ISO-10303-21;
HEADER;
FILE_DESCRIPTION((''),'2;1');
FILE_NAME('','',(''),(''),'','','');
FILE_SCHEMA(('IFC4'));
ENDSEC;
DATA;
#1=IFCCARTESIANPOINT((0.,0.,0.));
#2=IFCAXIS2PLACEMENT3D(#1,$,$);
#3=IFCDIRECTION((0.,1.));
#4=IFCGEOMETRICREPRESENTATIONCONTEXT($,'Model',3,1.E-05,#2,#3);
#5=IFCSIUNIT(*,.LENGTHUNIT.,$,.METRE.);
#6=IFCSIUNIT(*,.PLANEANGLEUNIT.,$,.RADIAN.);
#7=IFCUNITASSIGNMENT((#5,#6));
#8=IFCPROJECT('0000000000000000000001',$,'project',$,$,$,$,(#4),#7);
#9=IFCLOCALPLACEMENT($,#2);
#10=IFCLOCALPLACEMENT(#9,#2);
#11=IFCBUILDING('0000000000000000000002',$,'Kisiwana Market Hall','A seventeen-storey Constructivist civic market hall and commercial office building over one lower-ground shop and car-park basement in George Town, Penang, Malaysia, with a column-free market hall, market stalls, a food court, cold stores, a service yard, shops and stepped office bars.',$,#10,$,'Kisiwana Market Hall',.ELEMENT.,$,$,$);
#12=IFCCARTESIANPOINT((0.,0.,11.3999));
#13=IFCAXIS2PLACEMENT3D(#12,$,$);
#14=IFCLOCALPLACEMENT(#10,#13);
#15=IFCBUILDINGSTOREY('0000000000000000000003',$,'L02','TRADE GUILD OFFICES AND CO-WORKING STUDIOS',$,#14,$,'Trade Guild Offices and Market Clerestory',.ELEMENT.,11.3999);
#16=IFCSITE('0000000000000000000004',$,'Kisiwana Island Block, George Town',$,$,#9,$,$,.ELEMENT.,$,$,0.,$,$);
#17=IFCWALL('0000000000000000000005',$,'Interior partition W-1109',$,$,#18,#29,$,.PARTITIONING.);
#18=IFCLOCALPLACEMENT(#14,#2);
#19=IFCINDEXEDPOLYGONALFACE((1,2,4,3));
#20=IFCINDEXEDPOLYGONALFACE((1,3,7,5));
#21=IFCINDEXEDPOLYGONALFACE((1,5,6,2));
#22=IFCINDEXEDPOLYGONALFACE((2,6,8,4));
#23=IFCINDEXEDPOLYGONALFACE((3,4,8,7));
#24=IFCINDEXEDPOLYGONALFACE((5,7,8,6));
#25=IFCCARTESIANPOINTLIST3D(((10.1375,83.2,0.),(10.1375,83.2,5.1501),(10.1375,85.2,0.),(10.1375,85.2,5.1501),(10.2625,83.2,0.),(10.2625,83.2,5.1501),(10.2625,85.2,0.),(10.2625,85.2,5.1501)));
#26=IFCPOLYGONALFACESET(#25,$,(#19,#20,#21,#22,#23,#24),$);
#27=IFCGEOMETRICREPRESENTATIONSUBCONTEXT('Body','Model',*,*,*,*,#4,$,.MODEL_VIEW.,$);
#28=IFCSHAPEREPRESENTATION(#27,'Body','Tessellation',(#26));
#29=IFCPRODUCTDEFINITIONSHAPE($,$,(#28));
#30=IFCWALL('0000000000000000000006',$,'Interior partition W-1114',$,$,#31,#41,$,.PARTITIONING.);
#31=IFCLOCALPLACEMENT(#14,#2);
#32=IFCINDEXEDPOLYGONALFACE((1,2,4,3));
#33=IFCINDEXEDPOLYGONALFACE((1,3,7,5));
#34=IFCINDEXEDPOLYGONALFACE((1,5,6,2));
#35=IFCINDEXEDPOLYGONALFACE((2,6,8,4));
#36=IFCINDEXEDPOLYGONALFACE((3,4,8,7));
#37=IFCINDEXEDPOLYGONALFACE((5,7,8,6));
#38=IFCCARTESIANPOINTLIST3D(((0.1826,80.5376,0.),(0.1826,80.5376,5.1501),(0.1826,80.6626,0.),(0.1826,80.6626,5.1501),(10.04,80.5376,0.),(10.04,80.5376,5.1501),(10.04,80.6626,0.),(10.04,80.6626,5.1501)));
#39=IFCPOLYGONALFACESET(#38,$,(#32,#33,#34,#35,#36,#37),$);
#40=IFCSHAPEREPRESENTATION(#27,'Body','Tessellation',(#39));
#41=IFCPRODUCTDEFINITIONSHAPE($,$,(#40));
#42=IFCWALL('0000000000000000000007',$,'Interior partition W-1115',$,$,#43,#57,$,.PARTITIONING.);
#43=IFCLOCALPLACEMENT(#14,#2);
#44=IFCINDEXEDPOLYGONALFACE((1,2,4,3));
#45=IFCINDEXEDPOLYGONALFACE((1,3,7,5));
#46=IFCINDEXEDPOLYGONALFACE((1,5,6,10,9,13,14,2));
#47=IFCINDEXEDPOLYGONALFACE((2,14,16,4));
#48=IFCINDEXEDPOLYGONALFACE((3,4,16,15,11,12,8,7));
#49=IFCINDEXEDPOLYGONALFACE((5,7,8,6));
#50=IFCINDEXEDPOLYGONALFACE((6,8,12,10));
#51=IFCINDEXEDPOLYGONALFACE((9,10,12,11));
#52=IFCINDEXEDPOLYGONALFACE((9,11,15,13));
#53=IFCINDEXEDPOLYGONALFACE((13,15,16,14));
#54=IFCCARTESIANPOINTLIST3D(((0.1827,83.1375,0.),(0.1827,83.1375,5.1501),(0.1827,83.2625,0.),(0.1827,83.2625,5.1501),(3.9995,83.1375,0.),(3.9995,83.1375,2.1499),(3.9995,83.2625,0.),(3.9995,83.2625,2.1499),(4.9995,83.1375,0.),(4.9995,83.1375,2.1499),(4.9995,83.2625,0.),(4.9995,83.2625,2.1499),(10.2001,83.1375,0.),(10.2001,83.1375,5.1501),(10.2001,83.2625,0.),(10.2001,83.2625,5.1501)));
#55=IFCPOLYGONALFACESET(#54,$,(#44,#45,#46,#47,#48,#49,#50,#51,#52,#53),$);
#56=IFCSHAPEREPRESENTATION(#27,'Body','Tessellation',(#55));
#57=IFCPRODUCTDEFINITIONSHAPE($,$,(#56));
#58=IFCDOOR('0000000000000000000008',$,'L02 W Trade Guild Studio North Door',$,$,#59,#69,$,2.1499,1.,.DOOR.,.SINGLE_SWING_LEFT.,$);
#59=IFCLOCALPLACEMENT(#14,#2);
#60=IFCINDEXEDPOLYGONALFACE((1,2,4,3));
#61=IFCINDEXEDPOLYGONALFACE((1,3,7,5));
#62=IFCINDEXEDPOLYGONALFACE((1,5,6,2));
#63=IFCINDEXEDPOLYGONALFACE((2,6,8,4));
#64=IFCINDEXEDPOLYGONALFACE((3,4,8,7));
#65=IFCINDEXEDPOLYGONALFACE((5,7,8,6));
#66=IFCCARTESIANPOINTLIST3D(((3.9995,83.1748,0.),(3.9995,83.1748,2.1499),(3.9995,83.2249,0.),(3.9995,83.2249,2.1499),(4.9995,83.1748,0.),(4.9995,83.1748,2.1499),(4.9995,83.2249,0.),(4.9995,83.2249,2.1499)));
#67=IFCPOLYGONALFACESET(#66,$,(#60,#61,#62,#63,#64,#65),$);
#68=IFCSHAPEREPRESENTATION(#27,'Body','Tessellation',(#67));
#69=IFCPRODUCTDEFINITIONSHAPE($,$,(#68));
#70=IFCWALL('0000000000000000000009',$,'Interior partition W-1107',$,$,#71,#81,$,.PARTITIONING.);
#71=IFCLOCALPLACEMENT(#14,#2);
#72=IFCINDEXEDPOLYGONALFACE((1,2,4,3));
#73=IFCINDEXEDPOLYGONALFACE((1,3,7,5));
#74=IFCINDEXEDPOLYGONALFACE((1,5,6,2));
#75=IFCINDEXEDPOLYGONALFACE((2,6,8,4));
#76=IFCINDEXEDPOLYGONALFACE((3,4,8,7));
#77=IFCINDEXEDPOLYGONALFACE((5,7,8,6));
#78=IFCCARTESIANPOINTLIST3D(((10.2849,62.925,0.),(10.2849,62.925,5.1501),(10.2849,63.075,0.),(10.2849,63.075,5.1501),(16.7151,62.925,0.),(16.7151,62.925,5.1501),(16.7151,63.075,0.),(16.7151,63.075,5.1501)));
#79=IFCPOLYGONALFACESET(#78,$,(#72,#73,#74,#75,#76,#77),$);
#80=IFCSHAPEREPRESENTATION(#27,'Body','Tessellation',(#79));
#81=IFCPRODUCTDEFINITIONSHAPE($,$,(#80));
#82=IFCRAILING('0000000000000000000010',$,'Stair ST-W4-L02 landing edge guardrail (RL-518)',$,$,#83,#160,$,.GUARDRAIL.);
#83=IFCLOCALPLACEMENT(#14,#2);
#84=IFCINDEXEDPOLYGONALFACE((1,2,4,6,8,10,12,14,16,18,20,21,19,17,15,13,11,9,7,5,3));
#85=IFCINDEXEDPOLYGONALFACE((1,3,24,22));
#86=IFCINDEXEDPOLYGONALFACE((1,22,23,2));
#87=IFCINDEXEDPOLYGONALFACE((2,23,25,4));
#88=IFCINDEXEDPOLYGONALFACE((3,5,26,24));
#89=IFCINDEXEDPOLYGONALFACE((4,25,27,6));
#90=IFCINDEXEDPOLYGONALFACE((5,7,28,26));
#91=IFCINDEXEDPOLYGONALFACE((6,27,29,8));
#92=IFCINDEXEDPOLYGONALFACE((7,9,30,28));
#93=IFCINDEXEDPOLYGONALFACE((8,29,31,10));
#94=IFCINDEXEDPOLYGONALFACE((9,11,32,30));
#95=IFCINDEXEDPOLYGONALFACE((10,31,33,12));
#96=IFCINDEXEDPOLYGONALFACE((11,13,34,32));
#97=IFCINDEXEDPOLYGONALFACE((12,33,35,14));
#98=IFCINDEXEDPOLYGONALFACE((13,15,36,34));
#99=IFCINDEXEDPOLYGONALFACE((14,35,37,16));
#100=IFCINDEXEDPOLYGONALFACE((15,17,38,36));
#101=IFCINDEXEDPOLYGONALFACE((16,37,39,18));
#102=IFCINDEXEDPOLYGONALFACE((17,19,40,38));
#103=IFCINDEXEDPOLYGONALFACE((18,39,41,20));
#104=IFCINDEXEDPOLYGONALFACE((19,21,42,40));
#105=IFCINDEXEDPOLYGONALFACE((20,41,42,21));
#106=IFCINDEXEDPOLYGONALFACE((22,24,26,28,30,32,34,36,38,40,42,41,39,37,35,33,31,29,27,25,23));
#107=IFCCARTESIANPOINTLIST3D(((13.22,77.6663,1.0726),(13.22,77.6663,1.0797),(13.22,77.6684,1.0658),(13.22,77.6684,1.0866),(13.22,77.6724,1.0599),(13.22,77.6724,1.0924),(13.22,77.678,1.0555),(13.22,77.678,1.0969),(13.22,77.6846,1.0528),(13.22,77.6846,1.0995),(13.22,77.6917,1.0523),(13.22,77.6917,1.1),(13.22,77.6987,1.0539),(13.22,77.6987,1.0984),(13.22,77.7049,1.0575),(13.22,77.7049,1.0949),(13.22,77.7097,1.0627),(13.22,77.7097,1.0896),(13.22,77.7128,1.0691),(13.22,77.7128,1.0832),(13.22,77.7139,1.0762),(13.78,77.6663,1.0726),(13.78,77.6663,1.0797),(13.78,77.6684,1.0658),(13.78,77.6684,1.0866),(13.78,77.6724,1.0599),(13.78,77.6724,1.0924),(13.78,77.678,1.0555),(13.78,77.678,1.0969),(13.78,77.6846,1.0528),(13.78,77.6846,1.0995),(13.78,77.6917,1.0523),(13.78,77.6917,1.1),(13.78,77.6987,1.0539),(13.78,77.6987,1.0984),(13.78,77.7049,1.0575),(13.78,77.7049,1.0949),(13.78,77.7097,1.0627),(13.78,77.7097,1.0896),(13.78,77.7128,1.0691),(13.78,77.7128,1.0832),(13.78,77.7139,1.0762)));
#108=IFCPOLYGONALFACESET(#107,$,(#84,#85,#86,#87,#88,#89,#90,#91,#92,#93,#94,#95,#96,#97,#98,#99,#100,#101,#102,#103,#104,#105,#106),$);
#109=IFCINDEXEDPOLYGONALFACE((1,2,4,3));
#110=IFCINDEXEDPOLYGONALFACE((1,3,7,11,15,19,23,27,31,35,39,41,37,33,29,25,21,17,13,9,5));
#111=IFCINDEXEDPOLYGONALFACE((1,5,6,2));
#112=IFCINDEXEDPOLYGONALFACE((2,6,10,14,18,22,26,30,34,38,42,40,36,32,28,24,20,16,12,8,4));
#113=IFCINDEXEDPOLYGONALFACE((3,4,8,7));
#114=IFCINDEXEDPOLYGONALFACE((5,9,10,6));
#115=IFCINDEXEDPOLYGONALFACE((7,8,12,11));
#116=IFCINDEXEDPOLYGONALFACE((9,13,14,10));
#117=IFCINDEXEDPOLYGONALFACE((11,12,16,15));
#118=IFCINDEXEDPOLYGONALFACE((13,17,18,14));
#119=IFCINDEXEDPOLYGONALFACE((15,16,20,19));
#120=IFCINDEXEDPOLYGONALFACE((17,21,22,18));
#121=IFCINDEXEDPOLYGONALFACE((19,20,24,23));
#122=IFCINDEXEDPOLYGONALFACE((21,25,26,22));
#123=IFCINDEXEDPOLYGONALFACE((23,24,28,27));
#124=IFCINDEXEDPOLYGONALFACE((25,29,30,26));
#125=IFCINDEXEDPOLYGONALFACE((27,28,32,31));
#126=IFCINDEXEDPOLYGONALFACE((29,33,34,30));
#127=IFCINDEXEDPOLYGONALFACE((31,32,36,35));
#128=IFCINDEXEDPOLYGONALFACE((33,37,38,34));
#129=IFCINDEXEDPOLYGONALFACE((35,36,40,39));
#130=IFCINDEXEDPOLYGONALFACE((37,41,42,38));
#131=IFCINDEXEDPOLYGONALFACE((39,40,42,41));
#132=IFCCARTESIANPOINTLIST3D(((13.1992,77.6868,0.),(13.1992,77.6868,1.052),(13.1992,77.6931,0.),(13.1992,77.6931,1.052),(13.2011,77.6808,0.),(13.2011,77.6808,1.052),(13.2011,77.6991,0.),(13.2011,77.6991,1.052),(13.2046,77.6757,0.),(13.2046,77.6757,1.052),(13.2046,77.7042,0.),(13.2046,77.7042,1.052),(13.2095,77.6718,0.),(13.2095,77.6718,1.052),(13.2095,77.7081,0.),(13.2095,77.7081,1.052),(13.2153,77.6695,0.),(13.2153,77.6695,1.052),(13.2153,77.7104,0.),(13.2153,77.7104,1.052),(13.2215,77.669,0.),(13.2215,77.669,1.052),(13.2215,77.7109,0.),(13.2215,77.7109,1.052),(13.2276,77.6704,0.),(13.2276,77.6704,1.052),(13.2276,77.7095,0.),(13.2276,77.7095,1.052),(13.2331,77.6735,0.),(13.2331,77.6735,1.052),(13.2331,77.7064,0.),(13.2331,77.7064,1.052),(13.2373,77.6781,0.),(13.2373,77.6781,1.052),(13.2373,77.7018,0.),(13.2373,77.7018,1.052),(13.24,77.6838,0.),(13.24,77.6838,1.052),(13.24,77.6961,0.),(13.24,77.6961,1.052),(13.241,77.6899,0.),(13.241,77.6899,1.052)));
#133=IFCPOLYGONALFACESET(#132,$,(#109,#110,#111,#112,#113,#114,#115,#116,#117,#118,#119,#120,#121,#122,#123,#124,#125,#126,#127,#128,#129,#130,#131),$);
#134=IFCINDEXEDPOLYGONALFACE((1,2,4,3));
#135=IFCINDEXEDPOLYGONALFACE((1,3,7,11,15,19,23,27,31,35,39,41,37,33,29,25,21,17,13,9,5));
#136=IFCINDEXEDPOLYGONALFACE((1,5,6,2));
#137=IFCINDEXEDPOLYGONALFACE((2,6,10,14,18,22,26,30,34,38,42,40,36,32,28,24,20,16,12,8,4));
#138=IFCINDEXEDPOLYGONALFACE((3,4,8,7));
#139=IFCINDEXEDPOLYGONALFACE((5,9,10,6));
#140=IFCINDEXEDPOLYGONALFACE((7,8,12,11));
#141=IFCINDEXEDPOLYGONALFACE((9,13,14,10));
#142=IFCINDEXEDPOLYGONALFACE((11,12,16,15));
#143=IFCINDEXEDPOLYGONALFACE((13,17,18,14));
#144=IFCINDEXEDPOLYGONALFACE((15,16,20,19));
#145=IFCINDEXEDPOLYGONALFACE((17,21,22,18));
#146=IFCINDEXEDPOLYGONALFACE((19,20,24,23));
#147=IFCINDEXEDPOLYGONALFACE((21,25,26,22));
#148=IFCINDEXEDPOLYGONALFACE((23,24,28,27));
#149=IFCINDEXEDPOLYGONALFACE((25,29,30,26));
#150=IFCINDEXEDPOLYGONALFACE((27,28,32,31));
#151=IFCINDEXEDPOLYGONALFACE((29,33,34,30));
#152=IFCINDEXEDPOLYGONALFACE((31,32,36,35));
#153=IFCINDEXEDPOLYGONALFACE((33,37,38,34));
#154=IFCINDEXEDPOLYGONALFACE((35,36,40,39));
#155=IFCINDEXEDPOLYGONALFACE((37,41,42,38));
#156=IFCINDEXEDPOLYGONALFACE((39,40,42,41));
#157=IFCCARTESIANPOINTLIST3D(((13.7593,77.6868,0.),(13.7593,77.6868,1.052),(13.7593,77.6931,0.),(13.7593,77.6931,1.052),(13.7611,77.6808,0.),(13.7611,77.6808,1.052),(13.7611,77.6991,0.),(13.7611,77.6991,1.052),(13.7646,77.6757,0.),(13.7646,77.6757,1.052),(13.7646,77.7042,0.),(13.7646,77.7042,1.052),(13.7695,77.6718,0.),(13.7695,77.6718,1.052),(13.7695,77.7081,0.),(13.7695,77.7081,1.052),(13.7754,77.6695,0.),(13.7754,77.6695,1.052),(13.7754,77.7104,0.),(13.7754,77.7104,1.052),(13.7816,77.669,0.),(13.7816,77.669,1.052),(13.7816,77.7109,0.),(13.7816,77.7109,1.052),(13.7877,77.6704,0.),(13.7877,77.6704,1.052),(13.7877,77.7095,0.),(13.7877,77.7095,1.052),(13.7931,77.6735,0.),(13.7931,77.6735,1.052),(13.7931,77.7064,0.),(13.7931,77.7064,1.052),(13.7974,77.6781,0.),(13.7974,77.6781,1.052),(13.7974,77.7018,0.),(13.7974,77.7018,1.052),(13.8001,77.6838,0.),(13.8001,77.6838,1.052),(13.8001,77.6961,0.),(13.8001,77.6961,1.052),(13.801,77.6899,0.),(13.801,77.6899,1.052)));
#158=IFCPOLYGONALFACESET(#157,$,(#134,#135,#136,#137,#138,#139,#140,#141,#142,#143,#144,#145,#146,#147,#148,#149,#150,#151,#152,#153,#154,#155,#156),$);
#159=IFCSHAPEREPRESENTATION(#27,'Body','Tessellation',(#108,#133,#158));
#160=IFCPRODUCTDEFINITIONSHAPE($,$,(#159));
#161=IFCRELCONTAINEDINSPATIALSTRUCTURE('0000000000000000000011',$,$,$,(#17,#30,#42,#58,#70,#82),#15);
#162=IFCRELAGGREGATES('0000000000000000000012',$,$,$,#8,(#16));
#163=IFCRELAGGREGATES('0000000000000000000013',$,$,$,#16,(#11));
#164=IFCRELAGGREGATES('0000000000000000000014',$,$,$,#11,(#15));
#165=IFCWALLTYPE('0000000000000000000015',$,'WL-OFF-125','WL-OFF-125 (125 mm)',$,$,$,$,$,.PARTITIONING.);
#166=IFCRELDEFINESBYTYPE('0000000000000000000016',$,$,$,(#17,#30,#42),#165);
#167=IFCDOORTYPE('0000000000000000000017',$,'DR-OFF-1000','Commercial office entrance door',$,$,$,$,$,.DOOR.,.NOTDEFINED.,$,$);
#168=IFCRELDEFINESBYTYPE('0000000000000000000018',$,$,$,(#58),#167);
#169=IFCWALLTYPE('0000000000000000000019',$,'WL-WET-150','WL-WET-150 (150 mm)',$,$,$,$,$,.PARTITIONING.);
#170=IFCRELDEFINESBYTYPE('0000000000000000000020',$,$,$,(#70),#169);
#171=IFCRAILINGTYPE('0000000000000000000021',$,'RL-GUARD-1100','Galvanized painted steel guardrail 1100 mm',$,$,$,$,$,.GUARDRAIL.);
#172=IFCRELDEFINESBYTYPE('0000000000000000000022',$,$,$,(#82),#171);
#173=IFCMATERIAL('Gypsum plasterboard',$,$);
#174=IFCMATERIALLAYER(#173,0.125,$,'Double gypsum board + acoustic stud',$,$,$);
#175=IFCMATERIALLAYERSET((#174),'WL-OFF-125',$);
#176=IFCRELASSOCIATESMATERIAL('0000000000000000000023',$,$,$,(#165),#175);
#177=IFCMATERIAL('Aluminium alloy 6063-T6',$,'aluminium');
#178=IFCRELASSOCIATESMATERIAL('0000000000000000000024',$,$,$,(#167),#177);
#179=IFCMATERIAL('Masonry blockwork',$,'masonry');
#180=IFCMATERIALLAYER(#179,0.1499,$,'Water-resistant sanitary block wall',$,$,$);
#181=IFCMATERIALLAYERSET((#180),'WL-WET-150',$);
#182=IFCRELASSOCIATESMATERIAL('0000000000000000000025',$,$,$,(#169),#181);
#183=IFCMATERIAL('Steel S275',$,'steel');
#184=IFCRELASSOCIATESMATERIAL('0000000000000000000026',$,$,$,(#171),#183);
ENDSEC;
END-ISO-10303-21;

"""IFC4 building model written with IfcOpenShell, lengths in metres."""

from ifc_helpers import new_model, si_unit, direction, frame, frame_2d, origin, origin_2d, place, context, subcontext, project, spatial, rectangle, circle, extrude, material, layer, layer_set, type_object, element, fill, save


model = new_model("IFC4")

# Units and contexts
model_context = context("Model", 3, precision=1e-05, world=origin(), true_north=direction((0.0, 1.0)))
body_context = subcontext(model_context, "Body", "Model", "MODEL_VIEW")
ifc_project = project(units=[si_unit("LENGTHUNIT", "METRE"), si_unit("PLANEANGLEUNIT", "RADIAN")], contexts=[model_context])

# Site, building, storey
site_placement = place(None, origin())
site = spatial("IfcSite", under=ifc_project, at=site_placement, Name="Kisiwana Island Block, George Town", CompositionType="ELEMENT", RefElevation=0.0)
building_placement = place(site_placement, origin())
building = spatial("IfcBuilding", under=site, at=building_placement, Name="Kisiwana Market Hall", Description="A seventeen-storey Constructivist civic market hall and commercial office building over one lower-ground shop and car-park basement in George Town, Penang, Malaysia, with a column-free market hall, market stalls, a food court, cold stores, a service yard, shops and stepped office bars.", LongName="Kisiwana Market Hall", CompositionType="ELEMENT")
storey_placement = place(building_placement, frame((0.0, 0.0, 11.3999)))
storey = spatial("IfcBuildingStorey", under=building, at=storey_placement, Name="L02", Description="TRADE GUILD OFFICES AND CO-WORKING STUDIOS", LongName="Trade Guild Offices and Market Clerestory", CompositionType="ELEMENT", Elevation=11.3999)

# Walls
ifc_material_1 = material(Name="Gypsum plasterboard")
ifc_layer_1 = layer(ifc_material_1, 0.125, Name="Double gypsum board + acoustic stud")
ifc_layer_set_1 = layer_set([ifc_layer_1], Name="WL-OFF-125")
wall_type_1 = type_object("IfcWallType", Name="WL-OFF-125", Description="WL-OFF-125 (125 mm)", PredefinedType="PARTITIONING", material=ifc_layer_set_1)
wall_1_placement = place(storey_placement, frame((10.2, 83.2, 0.0), z_axis=(0.0, 0.0, 1.0), x_axis=(0.0, 1.0, 0.0)))
element("IfcWall", 1, at=wall_1_placement, inside=storey, type_object=wall_type_1, Name="Interior partition W-1109", PredefinedType="PARTITIONING", context=body_context, shape_type="SweptSolid", body=[
    extrude(rectangle(XDim=2.0, YDim=0.125, at=frame_2d((1.0, 0.0))), origin(), (0.0, 0.0, 1.0), 5.1501),
])
wall_2_placement = place(storey_placement, frame((0.1826, 80.6001, 0.0), z_axis=(0.0, 0.0, 1.0), x_axis=(1.0, 0.0, 0.0)))
element("IfcWall", 2, at=wall_2_placement, inside=storey, type_object=wall_type_1, Name="Interior partition W-1114", PredefinedType="PARTITIONING", context=body_context, shape_type="SweptSolid", body=[
    extrude(rectangle(XDim=9.8574, YDim=0.125, at=frame_2d((4.9287, 0.0))), origin(), (0.0, 0.0, 1.0), 5.1501),
])

# Wall, opening, door
wall_3_placement = place(storey_placement, frame((0.1826, 83.2, 0.0), z_axis=(0.0, 0.0, 1.0), x_axis=(1.0, 0.0, 0.0)))
wall_3 = element("IfcWall", 3, at=wall_3_placement, inside=storey, type_object=wall_type_1, Name="Interior partition W-1115", PredefinedType="PARTITIONING", context=body_context, shape_type="SweptSolid", body=[
    extrude(rectangle(XDim=10.0173, YDim=0.125, at=frame_2d((5.0088, 0.0))), origin(), (0.0, 0.0, 1.0), 5.1501),
])
opening_placement = place(wall_3_placement, frame((3.8169, 0.0, 0.0)))
opening = element("IfcOpeningElement", 4, at=opening_placement, cuts=wall_3, PredefinedType="OPENING", context=body_context, shape_type="SweptSolid", body=[
    extrude(rectangle(XDim=1.0, YDim=2.1499, at=frame_2d((0.5, 1.075))), frame((0.0, 0.0745, 0.0), z_axis=(0.0, -1.0, 0.0), x_axis=(1.0, 0.0, 0.0)), (0.0, 0.0, 1.0), 0.1489),
])
ifc_material_2 = material(Name="Aluminium alloy 6063-T6", Category="aluminium")
door_type = type_object("IfcDoorType", Name="DR-OFF-1000", Description="Commercial office entrance door", OperationType="NOTDEFINED", PredefinedType="DOOR", material=ifc_material_2)
door_placement = place(opening_placement, origin())
door = element("IfcDoor", 5, at=door_placement, inside=storey, type_object=door_type, Name="L02 W Trade Guild Studio North Door", OperationType="SINGLE_SWING_LEFT", OverallHeight=2.1499, OverallWidth=1.0, PredefinedType="DOOR", context=body_context, shape_type="SweptSolid", body=[
    extrude(rectangle(XDim=1.0, YDim=2.1499, at=frame_2d((0.5, 1.075))), frame((0.0, 0.0249, 0.0), z_axis=(0.0, -1.0, 0.0), x_axis=(1.0, 0.0, 0.0)), (0.0, 0.0, 1.0), 0.05),
])
fill(opening, door)

# Wall
ifc_material_3 = material(Name="Masonry blockwork", Category="masonry")
ifc_layer_2 = layer(ifc_material_3, 0.1499, Name="Water-resistant sanitary block wall")
ifc_layer_set_2 = layer_set([ifc_layer_2], Name="WL-WET-150")
wall_type_2 = type_object("IfcWallType", Name="WL-WET-150", Description="WL-WET-150 (150 mm)", PredefinedType="PARTITIONING", material=ifc_layer_set_2)
wall_4_placement = place(storey_placement, frame((10.2849, 63.0, 0.0), z_axis=(0.0, 0.0, 1.0), x_axis=(1.0, 0.0, 0.0)))
element("IfcWall", 6, at=wall_4_placement, inside=storey, type_object=wall_type_2, Name="Interior partition W-1107", PredefinedType="PARTITIONING", context=body_context, shape_type="SweptSolid", body=[
    extrude(rectangle(XDim=6.4302, YDim=0.1499, at=frame_2d((3.2151, 0.0))), origin(), (0.0, 0.0, 1.0), 5.1501),
])

# Railing
ifc_material_4 = material(Name="Steel S275", Category="steel")
railing_type_1 = type_object("IfcRailingType", Name="RL-GUARD-1100", Description="Galvanized painted steel guardrail 1100 mm", PredefinedType="GUARDRAIL", material=ifc_material_4)
railing_1_placement = place(storey_placement, frame((13.22, 77.6899, 0.0)))
element("IfcRailing", 7, at=railing_1_placement, inside=storey, type_object=railing_type_1, Name="Stair ST-W4-L02 landing edge guardrail (RL-518)", PredefinedType="GUARDRAIL", context=body_context, shape_type="SweptSolid", body=[
    extrude(circle(Radius=0.0239, at=origin_2d()), frame((0.0, 0.0, 1.0762), z_axis=(1.0, 0.0, 0.0), x_axis=(0.0, 1.0, 0.0)), (0.0, 0.0, 1.0), 0.5601),
    extrude(circle(Radius=0.021, at=origin_2d()), origin(), (0.0, 0.0, 1.0), 1.052),
    extrude(circle(Radius=0.021, at=origin_2d()), frame((0.5601, 0.0, 0.0)), (0.0, 0.0, 1.0), 1.052),
])

save(model, "model.ifc")
